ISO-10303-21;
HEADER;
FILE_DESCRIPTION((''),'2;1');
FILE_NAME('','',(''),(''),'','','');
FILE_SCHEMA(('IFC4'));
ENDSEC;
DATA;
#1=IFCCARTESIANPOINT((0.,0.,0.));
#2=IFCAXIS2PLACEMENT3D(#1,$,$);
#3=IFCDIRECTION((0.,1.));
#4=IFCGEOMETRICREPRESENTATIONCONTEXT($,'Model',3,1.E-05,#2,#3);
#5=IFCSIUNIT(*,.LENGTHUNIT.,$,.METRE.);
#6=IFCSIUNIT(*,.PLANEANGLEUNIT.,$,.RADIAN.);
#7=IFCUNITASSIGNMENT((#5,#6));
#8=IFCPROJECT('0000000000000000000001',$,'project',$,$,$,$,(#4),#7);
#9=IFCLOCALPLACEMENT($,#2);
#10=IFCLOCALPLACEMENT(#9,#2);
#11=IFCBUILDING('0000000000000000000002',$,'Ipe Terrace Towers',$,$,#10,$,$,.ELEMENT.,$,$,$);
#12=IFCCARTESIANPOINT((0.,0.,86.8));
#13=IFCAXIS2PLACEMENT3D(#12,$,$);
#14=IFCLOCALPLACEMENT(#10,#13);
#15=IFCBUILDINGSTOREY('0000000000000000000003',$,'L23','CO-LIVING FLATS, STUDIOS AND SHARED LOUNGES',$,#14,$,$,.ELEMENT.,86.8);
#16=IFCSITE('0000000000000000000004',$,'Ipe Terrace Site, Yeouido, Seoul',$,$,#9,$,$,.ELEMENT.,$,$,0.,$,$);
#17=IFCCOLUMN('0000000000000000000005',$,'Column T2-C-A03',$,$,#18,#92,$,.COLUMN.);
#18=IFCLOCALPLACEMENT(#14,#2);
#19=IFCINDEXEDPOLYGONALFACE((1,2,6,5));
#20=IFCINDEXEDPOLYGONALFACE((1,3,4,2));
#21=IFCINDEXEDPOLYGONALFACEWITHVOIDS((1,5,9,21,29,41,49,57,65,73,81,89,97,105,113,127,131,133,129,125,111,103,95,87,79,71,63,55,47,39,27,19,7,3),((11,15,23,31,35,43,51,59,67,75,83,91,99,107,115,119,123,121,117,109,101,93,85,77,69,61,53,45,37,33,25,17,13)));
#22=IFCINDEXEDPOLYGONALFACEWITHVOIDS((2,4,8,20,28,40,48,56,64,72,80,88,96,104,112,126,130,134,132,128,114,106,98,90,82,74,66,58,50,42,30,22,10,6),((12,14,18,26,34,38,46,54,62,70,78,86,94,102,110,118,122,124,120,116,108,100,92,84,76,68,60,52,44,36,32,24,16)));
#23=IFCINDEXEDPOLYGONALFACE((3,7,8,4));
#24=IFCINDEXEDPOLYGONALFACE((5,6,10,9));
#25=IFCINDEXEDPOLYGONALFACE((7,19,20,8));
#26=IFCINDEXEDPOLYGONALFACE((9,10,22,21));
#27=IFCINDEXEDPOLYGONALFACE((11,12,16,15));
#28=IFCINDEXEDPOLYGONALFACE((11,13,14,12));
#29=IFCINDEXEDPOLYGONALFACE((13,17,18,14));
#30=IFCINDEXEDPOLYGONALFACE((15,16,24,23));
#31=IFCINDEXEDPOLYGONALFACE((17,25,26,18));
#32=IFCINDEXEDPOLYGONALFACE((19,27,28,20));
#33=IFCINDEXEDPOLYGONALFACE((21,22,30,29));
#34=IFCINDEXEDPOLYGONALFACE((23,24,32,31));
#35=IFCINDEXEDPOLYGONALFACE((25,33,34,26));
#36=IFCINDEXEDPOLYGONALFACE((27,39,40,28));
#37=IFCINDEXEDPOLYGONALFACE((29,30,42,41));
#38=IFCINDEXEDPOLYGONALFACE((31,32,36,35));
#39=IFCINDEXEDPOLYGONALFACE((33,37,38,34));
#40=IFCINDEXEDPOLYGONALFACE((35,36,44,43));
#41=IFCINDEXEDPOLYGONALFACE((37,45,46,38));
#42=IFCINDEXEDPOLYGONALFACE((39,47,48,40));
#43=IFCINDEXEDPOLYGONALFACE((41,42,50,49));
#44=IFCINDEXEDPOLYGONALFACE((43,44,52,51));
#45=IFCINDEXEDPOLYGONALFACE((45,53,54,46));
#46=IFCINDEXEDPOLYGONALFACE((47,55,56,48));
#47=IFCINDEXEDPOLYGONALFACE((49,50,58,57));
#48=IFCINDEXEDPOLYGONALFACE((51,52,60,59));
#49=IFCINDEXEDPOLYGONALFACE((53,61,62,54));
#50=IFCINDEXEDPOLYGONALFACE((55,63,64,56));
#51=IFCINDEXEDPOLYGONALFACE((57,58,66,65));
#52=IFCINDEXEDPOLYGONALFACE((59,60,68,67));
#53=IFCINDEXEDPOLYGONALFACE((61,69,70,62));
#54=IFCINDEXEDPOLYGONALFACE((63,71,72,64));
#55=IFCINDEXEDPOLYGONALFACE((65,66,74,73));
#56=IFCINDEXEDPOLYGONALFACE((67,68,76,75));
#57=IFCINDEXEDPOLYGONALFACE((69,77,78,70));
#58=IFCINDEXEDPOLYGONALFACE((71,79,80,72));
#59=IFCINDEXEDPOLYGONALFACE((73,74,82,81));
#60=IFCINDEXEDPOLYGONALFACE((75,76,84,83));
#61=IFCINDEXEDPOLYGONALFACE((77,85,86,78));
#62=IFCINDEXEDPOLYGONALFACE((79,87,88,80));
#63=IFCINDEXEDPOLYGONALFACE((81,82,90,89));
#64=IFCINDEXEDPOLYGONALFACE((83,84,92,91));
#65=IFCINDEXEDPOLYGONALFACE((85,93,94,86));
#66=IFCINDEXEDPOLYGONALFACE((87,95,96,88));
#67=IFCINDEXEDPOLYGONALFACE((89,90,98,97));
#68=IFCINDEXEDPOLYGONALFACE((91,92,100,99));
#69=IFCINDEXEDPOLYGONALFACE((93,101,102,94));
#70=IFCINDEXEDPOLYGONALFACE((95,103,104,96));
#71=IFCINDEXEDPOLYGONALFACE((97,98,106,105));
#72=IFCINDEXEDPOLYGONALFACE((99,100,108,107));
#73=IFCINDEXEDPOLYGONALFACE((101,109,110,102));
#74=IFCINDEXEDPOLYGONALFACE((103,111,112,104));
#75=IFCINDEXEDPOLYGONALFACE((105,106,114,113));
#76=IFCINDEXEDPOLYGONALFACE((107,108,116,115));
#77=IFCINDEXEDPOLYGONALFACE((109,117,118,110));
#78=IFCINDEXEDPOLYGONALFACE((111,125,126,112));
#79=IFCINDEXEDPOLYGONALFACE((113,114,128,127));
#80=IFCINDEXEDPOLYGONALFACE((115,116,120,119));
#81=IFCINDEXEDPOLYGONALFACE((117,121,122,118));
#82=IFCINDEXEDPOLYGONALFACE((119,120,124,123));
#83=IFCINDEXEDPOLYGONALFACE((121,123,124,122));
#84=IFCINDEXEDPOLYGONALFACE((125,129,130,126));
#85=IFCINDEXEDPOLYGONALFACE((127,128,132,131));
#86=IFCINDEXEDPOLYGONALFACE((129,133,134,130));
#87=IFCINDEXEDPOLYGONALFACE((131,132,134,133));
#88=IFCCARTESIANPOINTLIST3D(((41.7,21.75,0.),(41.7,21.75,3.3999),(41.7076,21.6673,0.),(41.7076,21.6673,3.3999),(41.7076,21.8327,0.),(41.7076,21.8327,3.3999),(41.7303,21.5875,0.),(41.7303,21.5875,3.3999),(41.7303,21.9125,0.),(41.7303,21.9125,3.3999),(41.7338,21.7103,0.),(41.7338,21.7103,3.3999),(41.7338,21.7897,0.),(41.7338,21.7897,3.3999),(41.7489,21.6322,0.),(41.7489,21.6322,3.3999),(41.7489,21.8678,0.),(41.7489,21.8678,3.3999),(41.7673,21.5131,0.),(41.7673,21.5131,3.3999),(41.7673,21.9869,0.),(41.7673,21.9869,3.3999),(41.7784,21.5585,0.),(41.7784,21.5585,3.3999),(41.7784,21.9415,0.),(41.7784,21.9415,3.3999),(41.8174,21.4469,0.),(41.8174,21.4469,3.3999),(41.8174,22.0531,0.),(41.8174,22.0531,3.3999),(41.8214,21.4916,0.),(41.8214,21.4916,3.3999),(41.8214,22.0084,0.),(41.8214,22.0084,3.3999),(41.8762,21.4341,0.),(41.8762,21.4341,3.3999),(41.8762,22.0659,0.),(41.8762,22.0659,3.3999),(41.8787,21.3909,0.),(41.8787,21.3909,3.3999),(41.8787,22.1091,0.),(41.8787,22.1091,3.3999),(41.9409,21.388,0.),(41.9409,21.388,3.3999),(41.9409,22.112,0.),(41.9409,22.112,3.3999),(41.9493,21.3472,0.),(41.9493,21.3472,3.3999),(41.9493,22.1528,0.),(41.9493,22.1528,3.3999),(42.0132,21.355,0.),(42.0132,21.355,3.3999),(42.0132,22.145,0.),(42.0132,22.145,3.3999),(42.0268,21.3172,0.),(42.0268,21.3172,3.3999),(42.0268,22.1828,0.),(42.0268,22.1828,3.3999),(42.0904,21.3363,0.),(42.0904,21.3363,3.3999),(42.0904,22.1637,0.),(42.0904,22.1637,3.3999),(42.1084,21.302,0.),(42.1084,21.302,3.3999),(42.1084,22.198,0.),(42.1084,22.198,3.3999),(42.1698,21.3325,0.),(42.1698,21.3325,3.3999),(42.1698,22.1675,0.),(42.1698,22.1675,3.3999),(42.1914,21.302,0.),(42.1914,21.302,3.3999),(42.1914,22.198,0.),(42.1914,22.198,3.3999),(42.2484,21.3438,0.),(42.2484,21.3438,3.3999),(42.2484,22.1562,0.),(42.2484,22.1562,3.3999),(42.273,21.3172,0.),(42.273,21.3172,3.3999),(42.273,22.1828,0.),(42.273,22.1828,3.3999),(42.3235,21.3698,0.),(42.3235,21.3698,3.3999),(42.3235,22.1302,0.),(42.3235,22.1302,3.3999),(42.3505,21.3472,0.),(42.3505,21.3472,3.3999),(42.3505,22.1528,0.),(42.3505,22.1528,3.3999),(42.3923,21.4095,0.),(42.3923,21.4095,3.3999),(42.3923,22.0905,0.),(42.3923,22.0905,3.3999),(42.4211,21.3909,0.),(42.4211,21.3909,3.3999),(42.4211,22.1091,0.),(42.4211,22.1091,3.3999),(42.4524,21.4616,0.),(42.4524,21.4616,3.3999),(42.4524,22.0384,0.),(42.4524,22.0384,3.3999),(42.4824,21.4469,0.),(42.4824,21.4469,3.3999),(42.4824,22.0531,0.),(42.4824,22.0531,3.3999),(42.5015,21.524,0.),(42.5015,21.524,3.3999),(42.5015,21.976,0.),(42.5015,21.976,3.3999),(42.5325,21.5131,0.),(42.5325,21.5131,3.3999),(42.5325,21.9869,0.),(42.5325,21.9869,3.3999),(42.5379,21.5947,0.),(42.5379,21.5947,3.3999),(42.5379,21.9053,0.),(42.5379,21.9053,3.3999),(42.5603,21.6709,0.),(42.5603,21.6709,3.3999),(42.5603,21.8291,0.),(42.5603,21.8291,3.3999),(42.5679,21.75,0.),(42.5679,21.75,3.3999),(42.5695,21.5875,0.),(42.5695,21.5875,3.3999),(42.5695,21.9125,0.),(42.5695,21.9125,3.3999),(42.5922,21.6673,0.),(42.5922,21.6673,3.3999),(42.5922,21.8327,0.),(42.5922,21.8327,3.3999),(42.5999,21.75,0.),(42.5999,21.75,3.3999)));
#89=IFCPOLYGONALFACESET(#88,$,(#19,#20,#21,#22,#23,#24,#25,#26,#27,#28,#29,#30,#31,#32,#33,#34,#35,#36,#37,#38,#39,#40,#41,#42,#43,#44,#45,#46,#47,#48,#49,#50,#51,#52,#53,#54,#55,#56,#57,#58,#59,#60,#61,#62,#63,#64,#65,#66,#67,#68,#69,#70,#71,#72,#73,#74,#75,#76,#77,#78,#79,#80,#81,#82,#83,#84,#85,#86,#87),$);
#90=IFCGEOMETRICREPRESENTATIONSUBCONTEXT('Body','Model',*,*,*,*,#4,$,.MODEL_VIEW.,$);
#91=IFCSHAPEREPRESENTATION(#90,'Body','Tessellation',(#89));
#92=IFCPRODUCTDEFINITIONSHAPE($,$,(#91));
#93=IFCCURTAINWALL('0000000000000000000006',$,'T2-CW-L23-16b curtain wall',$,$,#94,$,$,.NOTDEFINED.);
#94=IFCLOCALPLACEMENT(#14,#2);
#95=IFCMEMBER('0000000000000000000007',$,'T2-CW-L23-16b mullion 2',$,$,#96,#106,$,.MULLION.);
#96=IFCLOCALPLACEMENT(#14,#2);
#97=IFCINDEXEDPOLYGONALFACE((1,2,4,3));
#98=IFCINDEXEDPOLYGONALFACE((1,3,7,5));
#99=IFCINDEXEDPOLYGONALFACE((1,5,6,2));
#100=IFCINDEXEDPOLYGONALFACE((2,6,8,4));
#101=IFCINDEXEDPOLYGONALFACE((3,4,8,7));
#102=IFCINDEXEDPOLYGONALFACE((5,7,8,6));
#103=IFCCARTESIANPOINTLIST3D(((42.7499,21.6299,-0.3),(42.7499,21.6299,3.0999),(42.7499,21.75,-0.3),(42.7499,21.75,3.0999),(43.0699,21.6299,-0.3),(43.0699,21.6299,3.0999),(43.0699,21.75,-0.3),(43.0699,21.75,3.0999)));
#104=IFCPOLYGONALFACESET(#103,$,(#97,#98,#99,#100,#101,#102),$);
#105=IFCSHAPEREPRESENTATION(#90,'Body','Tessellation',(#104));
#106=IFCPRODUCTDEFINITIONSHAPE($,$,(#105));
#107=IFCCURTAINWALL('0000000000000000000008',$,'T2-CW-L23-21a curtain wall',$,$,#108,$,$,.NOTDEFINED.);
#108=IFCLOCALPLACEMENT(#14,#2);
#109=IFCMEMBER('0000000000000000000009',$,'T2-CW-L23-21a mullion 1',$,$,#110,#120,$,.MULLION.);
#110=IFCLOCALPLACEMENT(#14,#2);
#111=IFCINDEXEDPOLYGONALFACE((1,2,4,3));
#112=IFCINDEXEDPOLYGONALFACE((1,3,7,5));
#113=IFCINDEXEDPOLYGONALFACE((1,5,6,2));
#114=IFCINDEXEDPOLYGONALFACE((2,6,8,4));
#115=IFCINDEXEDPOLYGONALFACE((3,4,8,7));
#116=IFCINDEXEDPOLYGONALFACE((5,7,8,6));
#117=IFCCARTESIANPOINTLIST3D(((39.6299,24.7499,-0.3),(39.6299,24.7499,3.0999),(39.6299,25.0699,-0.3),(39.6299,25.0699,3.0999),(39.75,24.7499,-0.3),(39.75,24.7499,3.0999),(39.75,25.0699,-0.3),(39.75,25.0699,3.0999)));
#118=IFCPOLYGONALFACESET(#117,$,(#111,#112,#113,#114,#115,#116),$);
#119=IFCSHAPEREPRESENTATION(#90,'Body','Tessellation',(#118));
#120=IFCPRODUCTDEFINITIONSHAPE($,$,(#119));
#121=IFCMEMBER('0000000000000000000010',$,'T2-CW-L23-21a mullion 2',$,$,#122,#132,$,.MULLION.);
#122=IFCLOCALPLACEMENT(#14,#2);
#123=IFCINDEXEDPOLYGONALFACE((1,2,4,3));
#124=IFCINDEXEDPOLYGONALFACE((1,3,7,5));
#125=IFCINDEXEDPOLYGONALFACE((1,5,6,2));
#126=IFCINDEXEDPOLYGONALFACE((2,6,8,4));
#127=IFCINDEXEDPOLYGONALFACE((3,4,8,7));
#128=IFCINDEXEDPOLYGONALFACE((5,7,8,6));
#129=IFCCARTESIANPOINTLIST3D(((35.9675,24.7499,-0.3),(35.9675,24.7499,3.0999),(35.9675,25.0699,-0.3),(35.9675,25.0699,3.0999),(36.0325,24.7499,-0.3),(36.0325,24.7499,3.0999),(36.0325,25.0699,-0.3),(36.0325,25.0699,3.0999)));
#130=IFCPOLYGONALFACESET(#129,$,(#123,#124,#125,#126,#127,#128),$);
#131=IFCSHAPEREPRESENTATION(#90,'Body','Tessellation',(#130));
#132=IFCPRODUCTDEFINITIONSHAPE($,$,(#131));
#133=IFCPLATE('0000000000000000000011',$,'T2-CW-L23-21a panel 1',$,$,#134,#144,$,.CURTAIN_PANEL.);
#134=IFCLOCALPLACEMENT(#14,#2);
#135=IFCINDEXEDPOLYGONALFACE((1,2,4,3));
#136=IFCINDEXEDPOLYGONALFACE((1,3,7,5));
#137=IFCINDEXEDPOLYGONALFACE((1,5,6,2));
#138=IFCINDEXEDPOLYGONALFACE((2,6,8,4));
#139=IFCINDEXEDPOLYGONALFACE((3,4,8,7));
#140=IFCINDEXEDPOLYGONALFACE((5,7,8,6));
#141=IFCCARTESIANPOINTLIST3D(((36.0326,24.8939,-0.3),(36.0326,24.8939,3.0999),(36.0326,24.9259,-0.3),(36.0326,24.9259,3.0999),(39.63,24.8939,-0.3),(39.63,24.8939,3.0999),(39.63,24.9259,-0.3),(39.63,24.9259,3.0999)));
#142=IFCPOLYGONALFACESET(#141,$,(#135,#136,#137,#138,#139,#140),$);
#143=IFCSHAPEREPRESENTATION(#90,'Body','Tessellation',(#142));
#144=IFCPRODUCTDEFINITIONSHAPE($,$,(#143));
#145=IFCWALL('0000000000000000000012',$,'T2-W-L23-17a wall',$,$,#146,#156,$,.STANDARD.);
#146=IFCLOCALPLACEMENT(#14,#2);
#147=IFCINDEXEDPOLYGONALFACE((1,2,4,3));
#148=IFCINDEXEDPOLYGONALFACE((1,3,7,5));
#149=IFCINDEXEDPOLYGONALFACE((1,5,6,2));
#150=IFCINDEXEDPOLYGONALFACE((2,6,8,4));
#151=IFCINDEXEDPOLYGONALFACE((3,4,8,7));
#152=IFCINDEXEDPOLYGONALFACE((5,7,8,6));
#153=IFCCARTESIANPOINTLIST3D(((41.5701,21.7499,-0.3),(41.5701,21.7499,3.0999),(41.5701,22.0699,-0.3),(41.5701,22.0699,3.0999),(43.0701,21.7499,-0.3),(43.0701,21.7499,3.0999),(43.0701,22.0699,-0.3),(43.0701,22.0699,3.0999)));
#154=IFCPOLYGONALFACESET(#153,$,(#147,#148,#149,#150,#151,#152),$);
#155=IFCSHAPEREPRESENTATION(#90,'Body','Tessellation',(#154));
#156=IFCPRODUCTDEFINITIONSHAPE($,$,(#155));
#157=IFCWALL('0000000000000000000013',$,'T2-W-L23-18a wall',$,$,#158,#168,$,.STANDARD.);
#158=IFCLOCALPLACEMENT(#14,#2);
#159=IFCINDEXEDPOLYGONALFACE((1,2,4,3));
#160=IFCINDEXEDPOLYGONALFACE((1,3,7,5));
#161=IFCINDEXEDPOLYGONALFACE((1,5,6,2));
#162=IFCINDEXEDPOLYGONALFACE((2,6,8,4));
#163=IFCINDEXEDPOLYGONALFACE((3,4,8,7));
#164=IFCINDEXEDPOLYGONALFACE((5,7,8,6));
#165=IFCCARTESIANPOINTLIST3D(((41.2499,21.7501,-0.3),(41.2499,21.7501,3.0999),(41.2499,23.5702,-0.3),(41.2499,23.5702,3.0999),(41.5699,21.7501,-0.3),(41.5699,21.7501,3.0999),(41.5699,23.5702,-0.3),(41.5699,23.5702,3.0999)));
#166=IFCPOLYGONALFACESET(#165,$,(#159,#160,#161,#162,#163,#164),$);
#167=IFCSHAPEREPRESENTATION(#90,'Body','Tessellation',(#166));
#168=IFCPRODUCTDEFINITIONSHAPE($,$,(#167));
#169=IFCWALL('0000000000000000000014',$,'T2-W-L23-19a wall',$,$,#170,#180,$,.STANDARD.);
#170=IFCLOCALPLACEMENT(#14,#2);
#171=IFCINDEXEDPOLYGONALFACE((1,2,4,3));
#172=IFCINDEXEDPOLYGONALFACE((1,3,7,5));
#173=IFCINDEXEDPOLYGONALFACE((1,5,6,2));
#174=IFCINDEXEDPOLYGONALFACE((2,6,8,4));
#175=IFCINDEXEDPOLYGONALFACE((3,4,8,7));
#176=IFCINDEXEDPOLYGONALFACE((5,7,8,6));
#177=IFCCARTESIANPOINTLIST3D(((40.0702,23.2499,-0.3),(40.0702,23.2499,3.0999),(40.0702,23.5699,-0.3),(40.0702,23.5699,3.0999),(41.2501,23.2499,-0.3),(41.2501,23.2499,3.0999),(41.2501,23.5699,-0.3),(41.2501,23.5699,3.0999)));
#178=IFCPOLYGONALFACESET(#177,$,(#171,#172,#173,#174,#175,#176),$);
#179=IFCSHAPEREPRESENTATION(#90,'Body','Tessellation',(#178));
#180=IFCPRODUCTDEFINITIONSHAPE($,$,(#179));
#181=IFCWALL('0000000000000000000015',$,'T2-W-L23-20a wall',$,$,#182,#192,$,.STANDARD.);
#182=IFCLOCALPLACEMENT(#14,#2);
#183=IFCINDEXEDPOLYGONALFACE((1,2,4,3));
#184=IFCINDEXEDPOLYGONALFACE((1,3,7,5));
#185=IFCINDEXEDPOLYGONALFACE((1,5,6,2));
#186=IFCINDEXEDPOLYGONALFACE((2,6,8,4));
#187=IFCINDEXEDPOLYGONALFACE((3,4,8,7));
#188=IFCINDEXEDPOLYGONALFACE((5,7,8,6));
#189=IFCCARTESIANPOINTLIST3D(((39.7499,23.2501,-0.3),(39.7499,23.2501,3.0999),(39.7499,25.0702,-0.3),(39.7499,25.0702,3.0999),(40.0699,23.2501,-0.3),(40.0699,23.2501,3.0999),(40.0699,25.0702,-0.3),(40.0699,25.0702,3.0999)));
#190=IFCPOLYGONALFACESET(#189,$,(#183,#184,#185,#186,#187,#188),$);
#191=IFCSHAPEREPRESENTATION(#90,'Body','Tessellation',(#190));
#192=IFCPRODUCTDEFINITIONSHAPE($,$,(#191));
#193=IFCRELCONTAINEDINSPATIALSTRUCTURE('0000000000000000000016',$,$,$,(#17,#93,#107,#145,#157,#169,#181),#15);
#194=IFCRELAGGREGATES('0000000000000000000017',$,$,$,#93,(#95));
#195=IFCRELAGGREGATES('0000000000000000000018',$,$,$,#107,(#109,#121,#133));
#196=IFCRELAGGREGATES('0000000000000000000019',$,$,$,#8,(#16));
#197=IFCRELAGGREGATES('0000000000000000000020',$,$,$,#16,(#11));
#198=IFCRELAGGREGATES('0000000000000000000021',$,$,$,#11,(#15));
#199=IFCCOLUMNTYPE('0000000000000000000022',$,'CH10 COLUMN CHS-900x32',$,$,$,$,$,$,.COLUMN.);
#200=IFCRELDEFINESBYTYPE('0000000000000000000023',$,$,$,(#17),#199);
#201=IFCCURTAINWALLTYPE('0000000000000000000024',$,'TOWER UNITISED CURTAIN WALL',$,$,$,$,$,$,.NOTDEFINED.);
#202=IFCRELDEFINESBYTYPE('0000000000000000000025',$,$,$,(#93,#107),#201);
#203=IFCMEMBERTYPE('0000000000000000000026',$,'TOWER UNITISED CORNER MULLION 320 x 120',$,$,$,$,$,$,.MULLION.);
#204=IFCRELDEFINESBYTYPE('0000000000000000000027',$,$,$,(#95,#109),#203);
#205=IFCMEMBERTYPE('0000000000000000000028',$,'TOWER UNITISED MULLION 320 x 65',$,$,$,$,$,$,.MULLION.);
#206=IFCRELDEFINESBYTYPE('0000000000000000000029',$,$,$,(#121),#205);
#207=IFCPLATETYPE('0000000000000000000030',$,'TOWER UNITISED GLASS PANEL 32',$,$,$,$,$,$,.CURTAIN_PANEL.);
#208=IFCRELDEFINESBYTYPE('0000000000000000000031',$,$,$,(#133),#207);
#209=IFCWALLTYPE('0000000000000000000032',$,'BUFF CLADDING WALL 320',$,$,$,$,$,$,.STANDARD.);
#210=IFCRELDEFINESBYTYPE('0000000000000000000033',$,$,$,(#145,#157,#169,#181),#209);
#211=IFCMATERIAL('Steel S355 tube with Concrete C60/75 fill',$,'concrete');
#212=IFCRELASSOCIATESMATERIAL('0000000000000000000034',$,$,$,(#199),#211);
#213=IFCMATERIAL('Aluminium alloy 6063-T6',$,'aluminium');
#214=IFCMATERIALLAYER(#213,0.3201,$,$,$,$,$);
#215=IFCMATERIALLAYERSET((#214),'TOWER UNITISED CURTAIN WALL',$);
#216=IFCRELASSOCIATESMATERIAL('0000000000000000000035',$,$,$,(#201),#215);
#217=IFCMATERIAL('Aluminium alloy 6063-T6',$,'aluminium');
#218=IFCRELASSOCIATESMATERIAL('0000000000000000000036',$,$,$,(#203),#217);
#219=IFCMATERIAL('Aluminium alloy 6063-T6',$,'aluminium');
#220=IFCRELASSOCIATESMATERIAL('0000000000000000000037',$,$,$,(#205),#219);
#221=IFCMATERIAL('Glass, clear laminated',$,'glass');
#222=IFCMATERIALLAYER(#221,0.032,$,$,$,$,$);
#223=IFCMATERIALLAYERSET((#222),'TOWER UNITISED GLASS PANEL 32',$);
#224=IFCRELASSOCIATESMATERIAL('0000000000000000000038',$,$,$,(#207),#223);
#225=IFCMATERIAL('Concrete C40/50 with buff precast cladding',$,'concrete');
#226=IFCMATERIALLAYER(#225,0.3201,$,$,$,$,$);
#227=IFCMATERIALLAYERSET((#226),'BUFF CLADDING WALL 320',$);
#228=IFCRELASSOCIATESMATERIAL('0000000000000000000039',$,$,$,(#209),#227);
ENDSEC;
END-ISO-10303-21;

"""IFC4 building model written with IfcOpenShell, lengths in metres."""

from ifc_helpers import new_model, si_unit, direction, frame, frame_2d, origin, origin_2d, place, context, subcontext, project, spatial, rectangle, hollow_circle, extrude, material, layer, layer_set, material_profile, profile_set, type_object, element, aggregate, save


model = new_model("IFC4")

# Units and contexts
model_context = context("Model", 3, precision=1e-05, world=origin(), true_north=direction((0.0, 1.0)))
body_context = subcontext(model_context, "Body", "Model", "MODEL_VIEW")
ifc_project = project(units=[si_unit("LENGTHUNIT", "METRE"), si_unit("PLANEANGLEUNIT", "RADIAN")], contexts=[model_context])

# Site, building, storey
site_placement = place(None, origin())
site = spatial("IfcSite", under=ifc_project, at=site_placement, Name="Ipe Terrace Site, Yeouido, Seoul", CompositionType="ELEMENT", RefElevation=0.0)
building_placement = place(site_placement, origin())
building = spatial("IfcBuilding", under=site, at=building_placement, Name="Ipe Terrace Towers", CompositionType="ELEMENT")
storey_placement = place(building_placement, frame((0.0, 0.0, 86.8)))
storey = spatial("IfcBuildingStorey", under=building, at=storey_placement, Name="L23", Description="CO-LIVING FLATS, STUDIOS AND SHARED LOUNGES", CompositionType="ELEMENT", Elevation=86.8)

# Column
ifc_material_1 = material(Name="Steel S355 tube with Concrete C60/75 fill", Category="concrete")
ifc_material_profile_1 = material_profile(ifc_material_1, hollow_circle(Radius=0.45, WallThickness=0.032, at=origin_2d()), Name="CHS-900x32")
ifc_profile_set_1 = profile_set([ifc_material_profile_1], Name="Steel S355 tube with Concrete C60/75 fill")
column_type = type_object("IfcColumnType", Name="CH10 COLUMN CHS-900x32", PredefinedType="COLUMN", material=ifc_profile_set_1)
column_placement = place(storey_placement, frame((42.1499, 21.75, 0.0), z_axis=(0.0, 0.0, 1.0), x_axis=(1.0, 0.0, 0.0)))
element("IfcColumn", 1, at=column_placement, inside=storey, type_object=column_type, Name="Column T2-C-A03", PredefinedType="COLUMN", context=body_context, shape_type="SweptSolid", body=[
    extrude(hollow_circle(Radius=0.45, WallThickness=0.032, at=origin_2d()), origin(), (0.0, 0.0, 1.0), 3.3999),
])

# Curtain wall, member
ifc_material_2 = material(Name="Aluminium alloy 6063-T6", Category="aluminium")
ifc_layer_1 = layer(ifc_material_2, 0.3201)
ifc_layer_set_1 = layer_set([ifc_layer_1], Name="TOWER UNITISED CURTAIN WALL")
curtain_wall_type = type_object("IfcCurtainWallType", Name="TOWER UNITISED CURTAIN WALL", PredefinedType="NOTDEFINED", material=ifc_layer_set_1)
curtain_wall_1_placement = place(storey_placement, origin())
curtain_wall_1 = element("IfcCurtainWall", 2, at=curtain_wall_1_placement, inside=storey, type_object=curtain_wall_type, Name="T2-CW-L23-16b curtain wall", PredefinedType="NOTDEFINED")
ifc_material_3 = material(Name="Aluminium alloy 6063-T6", Category="aluminium")
ifc_material_profile_2 = material_profile(ifc_material_3, rectangle(XDim=0.3201, YDim=0.1201, at=origin_2d()), Name="TOWER UNITISED CORNER MULLION 320 x 120")
ifc_profile_set_2 = profile_set([ifc_material_profile_2], Name="Aluminium alloy 6063-T6")
member_type_1 = type_object("IfcMemberType", Name="TOWER UNITISED CORNER MULLION 320 x 120", PredefinedType="MULLION", material=ifc_profile_set_2)
member_1_placement = place(storey_placement, frame((42.9099, 21.6899, -0.3), z_axis=(0.0, 0.0, 1.0), x_axis=(1.0, 0.0, 0.0)))
member_1 = element("IfcMember", 3, at=member_1_placement, type_object=member_type_1, Name="T2-CW-L23-16b mullion 2", PredefinedType="MULLION", context=body_context, shape_type="SweptSolid", body=[
    extrude(rectangle(XDim=0.3201, YDim=0.1201, at=origin_2d()), origin(), (0.0, 0.0, 1.0), 3.3999),
])
aggregate(curtain_wall_1, [member_1])

# Curtain wall, members, plate
curtain_wall_2_placement = place(storey_placement, origin())
curtain_wall_2 = element("IfcCurtainWall", 4, at=curtain_wall_2_placement, inside=storey, type_object=curtain_wall_type, Name="T2-CW-L23-21a curtain wall", PredefinedType="NOTDEFINED")
member_2_placement = place(storey_placement, frame((39.6899, 24.9099, -0.3), z_axis=(0.0, 0.0, 1.0), x_axis=(0.0, 1.0, 0.0)))
member_2 = element("IfcMember", 5, at=member_2_placement, type_object=member_type_1, Name="T2-CW-L23-21a mullion 1", PredefinedType="MULLION", context=body_context, shape_type="SweptSolid", body=[
    extrude(rectangle(XDim=0.3201, YDim=0.1201, at=origin_2d()), origin(), (0.0, 0.0, 1.0), 3.3999),
])
ifc_material_4 = material(Name="Aluminium alloy 6063-T6", Category="aluminium")
ifc_material_profile_3 = material_profile(ifc_material_4, rectangle(XDim=0.3201, YDim=0.0649, at=origin_2d()), Name="TOWER UNITISED MULLION 320 x 65")
ifc_profile_set_3 = profile_set([ifc_material_profile_3], Name="Aluminium alloy 6063-T6")
member_type_2 = type_object("IfcMemberType", Name="TOWER UNITISED MULLION 320 x 65", PredefinedType="MULLION", material=ifc_profile_set_3)
member_3_placement = place(storey_placement, frame((36.0, 24.9099, -0.3), z_axis=(0.0, 0.0, 1.0), x_axis=(0.0, 1.0, 0.0)))
member_3 = element("IfcMember", 6, at=member_3_placement, type_object=member_type_2, Name="T2-CW-L23-21a mullion 2", PredefinedType="MULLION", context=body_context, shape_type="SweptSolid", body=[
    extrude(rectangle(XDim=0.3201, YDim=0.0649, at=origin_2d()), origin(), (0.0, 0.0, 1.0), 3.3999),
])
ifc_material_5 = material(Name="Glass, clear laminated", Category="glass")
ifc_layer_2 = layer(ifc_material_5, 0.032)
ifc_layer_set_2 = layer_set([ifc_layer_2], Name="TOWER UNITISED GLASS PANEL 32")
plate_type = type_object("IfcPlateType", Name="TOWER UNITISED GLASS PANEL 32", PredefinedType="CURTAIN_PANEL", material=ifc_layer_set_2)
plate_placement = place(storey_placement, frame((37.8313, 24.9099, -0.3), z_axis=(0.0, 0.0, 1.0), x_axis=(-1.0, 0.0, 0.0)))
plate = element("IfcPlate", 7, at=plate_placement, type_object=plate_type, Name="T2-CW-L23-21a panel 1", PredefinedType="CURTAIN_PANEL", context=body_context, shape_type="SweptSolid", body=[
    extrude(rectangle(XDim=3.5974, YDim=0.032, at=origin_2d()), origin(), (0.0, 0.0, 1.0), 3.3999),
])
aggregate(curtain_wall_2, [member_2, member_3, plate])

# Walls
ifc_material_6 = material(Name="Concrete C40/50 with buff precast cladding", Category="concrete")
ifc_layer_3 = layer(ifc_material_6, 0.3201)
ifc_layer_set_3 = layer_set([ifc_layer_3], Name="BUFF CLADDING WALL 320")
wall_type_1 = type_object("IfcWallType", Name="BUFF CLADDING WALL 320", PredefinedType="STANDARD", material=ifc_layer_set_3)
wall_1_placement = place(storey_placement, frame((43.0701, 21.9099, -0.3), z_axis=(0.0, 0.0, 1.0), x_axis=(-1.0, 0.0, 0.0)))
element("IfcWall", 8, at=wall_1_placement, inside=storey, type_object=wall_type_1, Name="T2-W-L23-17a wall", PredefinedType="STANDARD", context=body_context, shape_type="SweptSolid", body=[
    extrude(rectangle(XDim=1.5, YDim=0.3201, at=frame_2d((0.75, 0.0))), origin(), (0.0, 0.0, 1.0), 3.3999),
])
wall_2_placement = place(storey_placement, frame((41.4099, 21.75, -0.3), z_axis=(0.0, 0.0, 1.0), x_axis=(0.0, 1.0, 0.0)))
element("IfcWall", 9, at=wall_2_placement, inside=storey, type_object=wall_type_1, Name="T2-W-L23-18a wall", PredefinedType="STANDARD", context=body_context, shape_type="SweptSolid", body=[
    extrude(rectangle(XDim=1.8201, YDim=0.3201, at=frame_2d((0.9102, 0.0))), origin(), (0.0, 0.0, 1.0), 3.3999),
])
wall_3_placement = place(storey_placement, frame((41.25, 23.4099, -0.3), z_axis=(0.0, 0.0, 1.0), x_axis=(-1.0, 0.0, 0.0)))
element("IfcWall", 10, at=wall_3_placement, inside=storey, type_object=wall_type_1, Name="T2-W-L23-19a wall", PredefinedType="STANDARD", context=body_context, shape_type="SweptSolid", body=[
    extrude(rectangle(XDim=1.1799, YDim=0.3201, at=frame_2d((0.5898, 0.0))), origin(), (0.0, 0.0, 1.0), 3.3999),
])
wall_4_placement = place(storey_placement, frame((39.9099, 23.25, -0.3), z_axis=(0.0, 0.0, 1.0), x_axis=(0.0, 1.0, 0.0)))
element("IfcWall", 11, at=wall_4_placement, inside=storey, type_object=wall_type_1, Name="T2-W-L23-20a wall", PredefinedType="STANDARD", context=body_context, shape_type="SweptSolid", body=[
    extrude(rectangle(XDim=1.8201, YDim=0.3201, at=frame_2d((0.9102, 0.0))), origin(), (0.0, 0.0, 1.0), 3.3999),
])

save(model, "model.ifc")
